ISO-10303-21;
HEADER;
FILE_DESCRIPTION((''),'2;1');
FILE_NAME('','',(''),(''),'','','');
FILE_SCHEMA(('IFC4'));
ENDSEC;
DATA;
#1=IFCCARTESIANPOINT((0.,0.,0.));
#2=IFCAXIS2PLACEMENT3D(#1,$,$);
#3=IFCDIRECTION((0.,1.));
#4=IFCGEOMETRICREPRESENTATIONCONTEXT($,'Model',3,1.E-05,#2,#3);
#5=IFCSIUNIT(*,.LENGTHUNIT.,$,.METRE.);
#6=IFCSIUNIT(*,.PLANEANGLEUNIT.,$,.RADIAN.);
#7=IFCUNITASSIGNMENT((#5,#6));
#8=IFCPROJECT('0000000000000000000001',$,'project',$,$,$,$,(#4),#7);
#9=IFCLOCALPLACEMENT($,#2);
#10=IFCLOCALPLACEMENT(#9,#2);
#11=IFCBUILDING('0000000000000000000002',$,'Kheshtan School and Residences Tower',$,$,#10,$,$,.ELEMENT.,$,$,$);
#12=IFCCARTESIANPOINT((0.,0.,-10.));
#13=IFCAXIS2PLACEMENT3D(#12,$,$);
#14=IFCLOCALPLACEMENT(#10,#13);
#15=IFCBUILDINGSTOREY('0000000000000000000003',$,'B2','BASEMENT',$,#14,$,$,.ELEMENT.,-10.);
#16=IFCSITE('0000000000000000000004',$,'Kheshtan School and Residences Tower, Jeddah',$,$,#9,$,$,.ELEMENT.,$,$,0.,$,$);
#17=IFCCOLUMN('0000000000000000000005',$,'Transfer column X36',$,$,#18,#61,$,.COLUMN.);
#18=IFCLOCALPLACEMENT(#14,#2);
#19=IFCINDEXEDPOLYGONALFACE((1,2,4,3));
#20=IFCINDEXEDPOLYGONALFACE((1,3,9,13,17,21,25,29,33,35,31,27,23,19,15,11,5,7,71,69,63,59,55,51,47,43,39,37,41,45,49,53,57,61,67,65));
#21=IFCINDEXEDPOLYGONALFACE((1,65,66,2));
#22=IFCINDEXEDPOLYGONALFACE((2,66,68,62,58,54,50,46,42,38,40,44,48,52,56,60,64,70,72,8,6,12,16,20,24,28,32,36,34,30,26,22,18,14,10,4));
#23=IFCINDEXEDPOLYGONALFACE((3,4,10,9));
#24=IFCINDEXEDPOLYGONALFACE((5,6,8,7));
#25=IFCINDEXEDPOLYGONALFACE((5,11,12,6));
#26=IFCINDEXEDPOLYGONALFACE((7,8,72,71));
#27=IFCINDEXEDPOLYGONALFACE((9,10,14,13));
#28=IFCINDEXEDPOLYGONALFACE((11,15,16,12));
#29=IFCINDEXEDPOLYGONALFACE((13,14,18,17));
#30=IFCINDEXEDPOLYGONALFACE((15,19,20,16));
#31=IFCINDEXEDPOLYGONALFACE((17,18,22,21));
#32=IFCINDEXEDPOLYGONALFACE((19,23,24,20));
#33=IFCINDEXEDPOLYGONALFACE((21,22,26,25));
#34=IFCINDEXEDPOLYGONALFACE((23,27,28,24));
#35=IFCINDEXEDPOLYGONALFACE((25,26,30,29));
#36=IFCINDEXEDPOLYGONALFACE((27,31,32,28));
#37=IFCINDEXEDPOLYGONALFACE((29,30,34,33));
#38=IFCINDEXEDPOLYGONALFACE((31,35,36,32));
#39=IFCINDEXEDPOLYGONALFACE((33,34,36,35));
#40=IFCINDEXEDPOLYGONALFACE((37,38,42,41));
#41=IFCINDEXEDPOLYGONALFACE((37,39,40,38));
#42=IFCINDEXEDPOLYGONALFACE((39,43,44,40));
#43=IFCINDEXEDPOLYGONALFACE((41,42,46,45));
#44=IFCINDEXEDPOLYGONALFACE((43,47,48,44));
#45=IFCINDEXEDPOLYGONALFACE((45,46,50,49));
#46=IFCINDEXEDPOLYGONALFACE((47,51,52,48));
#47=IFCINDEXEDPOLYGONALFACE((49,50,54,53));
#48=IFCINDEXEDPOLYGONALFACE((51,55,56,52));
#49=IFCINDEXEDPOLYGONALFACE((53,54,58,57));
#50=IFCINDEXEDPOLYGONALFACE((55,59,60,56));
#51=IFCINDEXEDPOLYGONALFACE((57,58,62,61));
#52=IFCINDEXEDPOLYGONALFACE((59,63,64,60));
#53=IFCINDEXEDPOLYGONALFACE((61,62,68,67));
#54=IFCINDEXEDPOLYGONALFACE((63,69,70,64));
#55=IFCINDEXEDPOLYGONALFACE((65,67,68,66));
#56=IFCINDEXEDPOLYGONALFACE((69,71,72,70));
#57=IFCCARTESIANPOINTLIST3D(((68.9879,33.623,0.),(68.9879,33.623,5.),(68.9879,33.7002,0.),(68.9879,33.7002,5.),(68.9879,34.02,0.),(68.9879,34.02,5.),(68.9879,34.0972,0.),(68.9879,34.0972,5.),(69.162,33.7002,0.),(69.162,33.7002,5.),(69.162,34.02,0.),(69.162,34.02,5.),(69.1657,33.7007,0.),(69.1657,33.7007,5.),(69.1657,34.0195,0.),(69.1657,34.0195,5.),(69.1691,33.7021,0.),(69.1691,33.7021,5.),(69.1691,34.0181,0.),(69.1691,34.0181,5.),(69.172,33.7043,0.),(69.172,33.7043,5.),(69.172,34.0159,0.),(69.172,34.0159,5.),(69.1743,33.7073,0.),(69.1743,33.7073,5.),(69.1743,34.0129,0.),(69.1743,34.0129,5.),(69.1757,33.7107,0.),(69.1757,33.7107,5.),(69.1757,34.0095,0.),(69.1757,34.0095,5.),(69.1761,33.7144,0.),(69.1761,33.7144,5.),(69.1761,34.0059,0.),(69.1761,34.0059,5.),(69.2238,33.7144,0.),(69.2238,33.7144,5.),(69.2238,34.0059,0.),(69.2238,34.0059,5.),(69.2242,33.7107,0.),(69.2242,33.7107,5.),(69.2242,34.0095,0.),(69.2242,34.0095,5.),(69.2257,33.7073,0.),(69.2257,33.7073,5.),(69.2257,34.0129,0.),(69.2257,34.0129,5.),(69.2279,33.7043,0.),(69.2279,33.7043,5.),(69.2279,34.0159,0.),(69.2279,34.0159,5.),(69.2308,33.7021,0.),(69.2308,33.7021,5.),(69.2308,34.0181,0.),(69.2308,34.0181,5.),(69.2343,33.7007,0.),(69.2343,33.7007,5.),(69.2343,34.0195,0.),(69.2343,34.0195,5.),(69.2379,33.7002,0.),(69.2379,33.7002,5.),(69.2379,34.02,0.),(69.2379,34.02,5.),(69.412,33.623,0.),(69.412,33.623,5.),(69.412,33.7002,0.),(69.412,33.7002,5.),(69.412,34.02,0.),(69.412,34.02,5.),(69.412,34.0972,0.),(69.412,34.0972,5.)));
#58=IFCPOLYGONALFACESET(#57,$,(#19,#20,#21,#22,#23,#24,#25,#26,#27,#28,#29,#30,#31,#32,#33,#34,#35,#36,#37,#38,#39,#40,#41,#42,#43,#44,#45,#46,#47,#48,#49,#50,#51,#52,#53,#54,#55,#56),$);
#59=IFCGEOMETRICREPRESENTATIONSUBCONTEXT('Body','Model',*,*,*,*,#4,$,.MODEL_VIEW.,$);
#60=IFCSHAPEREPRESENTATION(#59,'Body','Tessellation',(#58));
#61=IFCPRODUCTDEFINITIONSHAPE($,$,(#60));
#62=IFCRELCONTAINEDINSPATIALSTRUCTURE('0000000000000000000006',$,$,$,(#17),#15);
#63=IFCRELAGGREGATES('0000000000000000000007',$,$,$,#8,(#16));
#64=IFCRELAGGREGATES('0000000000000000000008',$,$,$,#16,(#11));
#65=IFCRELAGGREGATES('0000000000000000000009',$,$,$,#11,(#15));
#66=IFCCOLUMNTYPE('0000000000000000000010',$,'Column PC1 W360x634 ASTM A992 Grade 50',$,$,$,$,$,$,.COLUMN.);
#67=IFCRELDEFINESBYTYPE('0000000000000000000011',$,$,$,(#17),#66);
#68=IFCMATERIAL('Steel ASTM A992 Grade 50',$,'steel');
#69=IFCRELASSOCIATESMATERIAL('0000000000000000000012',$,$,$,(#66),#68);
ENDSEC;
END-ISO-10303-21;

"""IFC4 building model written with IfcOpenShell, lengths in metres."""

from ifc_helpers import new_model, si_unit, direction, frame, origin, origin_2d, place, context, subcontext, project, spatial, i_section, extrude, material, material_profile, profile_set, type_object, element, save


model = new_model("IFC4")

# Units and contexts
model_context = context("Model", 3, precision=1e-05, world=origin(), true_north=direction((0.0, 1.0)))
body_context = subcontext(model_context, "Body", "Model", "MODEL_VIEW")
ifc_project = project(units=[si_unit("LENGTHUNIT", "METRE"), si_unit("PLANEANGLEUNIT", "RADIAN")], contexts=[model_context])

# Site, building, storey
site_placement = place(None, origin())
site = spatial("IfcSite", under=ifc_project, at=site_placement, Name="Kheshtan School and Residences Tower, Jeddah", CompositionType="ELEMENT", RefElevation=0.0)
building_placement = place(site_placement, origin())
building = spatial("IfcBuilding", under=site, at=building_placement, Name="Kheshtan School and Residences Tower", CompositionType="ELEMENT")
storey_placement = place(building_placement, frame((0.0, 0.0, -10.0)))
storey = spatial("IfcBuildingStorey", under=building, at=storey_placement, Name="B2", Description="BASEMENT", CompositionType="ELEMENT", Elevation=-10.0)

# Column
ifc_material = material(Name="Steel ASTM A992 Grade 50", Category="steel")
ifc_material_profile = material_profile(ifc_material, i_section(OverallWidth=0.4241, OverallDepth=0.4741, WebThickness=0.0476, FlangeThickness=0.0771, FilletRadius=0.0142, at=origin_2d()), Name="W360x634")
ifc_profile_set = profile_set([ifc_material_profile], Name="Steel ASTM A992 Grade 50")
column_type = type_object("IfcColumnType", Name="Column PC1 W360x634 ASTM A992 Grade 50", PredefinedType="COLUMN", material=ifc_profile_set)
for number, where, z_axis, x_axis, name in (
    (1, (69.2, 33.8601, 0.0), (0.0, 0.0, 1.0), (1.0, 0.0, 0.0), "Transfer column X36"),
):
    element("IfcColumn", number, at=place(storey_placement, frame(where, z_axis=z_axis, x_axis=x_axis)), inside=storey, type_object=column_type, Name=name, PredefinedType="COLUMN", context=body_context, shape_type="SweptSolid", body=[
        extrude(i_section(OverallWidth=0.4241, OverallDepth=0.4741, WebThickness=0.0476, FlangeThickness=0.0771, FilletRadius=0.0142, at=origin_2d()), origin(), (0.0, 0.0, 1.0), 5.0),
    ])

save(model, "model.ifc")
